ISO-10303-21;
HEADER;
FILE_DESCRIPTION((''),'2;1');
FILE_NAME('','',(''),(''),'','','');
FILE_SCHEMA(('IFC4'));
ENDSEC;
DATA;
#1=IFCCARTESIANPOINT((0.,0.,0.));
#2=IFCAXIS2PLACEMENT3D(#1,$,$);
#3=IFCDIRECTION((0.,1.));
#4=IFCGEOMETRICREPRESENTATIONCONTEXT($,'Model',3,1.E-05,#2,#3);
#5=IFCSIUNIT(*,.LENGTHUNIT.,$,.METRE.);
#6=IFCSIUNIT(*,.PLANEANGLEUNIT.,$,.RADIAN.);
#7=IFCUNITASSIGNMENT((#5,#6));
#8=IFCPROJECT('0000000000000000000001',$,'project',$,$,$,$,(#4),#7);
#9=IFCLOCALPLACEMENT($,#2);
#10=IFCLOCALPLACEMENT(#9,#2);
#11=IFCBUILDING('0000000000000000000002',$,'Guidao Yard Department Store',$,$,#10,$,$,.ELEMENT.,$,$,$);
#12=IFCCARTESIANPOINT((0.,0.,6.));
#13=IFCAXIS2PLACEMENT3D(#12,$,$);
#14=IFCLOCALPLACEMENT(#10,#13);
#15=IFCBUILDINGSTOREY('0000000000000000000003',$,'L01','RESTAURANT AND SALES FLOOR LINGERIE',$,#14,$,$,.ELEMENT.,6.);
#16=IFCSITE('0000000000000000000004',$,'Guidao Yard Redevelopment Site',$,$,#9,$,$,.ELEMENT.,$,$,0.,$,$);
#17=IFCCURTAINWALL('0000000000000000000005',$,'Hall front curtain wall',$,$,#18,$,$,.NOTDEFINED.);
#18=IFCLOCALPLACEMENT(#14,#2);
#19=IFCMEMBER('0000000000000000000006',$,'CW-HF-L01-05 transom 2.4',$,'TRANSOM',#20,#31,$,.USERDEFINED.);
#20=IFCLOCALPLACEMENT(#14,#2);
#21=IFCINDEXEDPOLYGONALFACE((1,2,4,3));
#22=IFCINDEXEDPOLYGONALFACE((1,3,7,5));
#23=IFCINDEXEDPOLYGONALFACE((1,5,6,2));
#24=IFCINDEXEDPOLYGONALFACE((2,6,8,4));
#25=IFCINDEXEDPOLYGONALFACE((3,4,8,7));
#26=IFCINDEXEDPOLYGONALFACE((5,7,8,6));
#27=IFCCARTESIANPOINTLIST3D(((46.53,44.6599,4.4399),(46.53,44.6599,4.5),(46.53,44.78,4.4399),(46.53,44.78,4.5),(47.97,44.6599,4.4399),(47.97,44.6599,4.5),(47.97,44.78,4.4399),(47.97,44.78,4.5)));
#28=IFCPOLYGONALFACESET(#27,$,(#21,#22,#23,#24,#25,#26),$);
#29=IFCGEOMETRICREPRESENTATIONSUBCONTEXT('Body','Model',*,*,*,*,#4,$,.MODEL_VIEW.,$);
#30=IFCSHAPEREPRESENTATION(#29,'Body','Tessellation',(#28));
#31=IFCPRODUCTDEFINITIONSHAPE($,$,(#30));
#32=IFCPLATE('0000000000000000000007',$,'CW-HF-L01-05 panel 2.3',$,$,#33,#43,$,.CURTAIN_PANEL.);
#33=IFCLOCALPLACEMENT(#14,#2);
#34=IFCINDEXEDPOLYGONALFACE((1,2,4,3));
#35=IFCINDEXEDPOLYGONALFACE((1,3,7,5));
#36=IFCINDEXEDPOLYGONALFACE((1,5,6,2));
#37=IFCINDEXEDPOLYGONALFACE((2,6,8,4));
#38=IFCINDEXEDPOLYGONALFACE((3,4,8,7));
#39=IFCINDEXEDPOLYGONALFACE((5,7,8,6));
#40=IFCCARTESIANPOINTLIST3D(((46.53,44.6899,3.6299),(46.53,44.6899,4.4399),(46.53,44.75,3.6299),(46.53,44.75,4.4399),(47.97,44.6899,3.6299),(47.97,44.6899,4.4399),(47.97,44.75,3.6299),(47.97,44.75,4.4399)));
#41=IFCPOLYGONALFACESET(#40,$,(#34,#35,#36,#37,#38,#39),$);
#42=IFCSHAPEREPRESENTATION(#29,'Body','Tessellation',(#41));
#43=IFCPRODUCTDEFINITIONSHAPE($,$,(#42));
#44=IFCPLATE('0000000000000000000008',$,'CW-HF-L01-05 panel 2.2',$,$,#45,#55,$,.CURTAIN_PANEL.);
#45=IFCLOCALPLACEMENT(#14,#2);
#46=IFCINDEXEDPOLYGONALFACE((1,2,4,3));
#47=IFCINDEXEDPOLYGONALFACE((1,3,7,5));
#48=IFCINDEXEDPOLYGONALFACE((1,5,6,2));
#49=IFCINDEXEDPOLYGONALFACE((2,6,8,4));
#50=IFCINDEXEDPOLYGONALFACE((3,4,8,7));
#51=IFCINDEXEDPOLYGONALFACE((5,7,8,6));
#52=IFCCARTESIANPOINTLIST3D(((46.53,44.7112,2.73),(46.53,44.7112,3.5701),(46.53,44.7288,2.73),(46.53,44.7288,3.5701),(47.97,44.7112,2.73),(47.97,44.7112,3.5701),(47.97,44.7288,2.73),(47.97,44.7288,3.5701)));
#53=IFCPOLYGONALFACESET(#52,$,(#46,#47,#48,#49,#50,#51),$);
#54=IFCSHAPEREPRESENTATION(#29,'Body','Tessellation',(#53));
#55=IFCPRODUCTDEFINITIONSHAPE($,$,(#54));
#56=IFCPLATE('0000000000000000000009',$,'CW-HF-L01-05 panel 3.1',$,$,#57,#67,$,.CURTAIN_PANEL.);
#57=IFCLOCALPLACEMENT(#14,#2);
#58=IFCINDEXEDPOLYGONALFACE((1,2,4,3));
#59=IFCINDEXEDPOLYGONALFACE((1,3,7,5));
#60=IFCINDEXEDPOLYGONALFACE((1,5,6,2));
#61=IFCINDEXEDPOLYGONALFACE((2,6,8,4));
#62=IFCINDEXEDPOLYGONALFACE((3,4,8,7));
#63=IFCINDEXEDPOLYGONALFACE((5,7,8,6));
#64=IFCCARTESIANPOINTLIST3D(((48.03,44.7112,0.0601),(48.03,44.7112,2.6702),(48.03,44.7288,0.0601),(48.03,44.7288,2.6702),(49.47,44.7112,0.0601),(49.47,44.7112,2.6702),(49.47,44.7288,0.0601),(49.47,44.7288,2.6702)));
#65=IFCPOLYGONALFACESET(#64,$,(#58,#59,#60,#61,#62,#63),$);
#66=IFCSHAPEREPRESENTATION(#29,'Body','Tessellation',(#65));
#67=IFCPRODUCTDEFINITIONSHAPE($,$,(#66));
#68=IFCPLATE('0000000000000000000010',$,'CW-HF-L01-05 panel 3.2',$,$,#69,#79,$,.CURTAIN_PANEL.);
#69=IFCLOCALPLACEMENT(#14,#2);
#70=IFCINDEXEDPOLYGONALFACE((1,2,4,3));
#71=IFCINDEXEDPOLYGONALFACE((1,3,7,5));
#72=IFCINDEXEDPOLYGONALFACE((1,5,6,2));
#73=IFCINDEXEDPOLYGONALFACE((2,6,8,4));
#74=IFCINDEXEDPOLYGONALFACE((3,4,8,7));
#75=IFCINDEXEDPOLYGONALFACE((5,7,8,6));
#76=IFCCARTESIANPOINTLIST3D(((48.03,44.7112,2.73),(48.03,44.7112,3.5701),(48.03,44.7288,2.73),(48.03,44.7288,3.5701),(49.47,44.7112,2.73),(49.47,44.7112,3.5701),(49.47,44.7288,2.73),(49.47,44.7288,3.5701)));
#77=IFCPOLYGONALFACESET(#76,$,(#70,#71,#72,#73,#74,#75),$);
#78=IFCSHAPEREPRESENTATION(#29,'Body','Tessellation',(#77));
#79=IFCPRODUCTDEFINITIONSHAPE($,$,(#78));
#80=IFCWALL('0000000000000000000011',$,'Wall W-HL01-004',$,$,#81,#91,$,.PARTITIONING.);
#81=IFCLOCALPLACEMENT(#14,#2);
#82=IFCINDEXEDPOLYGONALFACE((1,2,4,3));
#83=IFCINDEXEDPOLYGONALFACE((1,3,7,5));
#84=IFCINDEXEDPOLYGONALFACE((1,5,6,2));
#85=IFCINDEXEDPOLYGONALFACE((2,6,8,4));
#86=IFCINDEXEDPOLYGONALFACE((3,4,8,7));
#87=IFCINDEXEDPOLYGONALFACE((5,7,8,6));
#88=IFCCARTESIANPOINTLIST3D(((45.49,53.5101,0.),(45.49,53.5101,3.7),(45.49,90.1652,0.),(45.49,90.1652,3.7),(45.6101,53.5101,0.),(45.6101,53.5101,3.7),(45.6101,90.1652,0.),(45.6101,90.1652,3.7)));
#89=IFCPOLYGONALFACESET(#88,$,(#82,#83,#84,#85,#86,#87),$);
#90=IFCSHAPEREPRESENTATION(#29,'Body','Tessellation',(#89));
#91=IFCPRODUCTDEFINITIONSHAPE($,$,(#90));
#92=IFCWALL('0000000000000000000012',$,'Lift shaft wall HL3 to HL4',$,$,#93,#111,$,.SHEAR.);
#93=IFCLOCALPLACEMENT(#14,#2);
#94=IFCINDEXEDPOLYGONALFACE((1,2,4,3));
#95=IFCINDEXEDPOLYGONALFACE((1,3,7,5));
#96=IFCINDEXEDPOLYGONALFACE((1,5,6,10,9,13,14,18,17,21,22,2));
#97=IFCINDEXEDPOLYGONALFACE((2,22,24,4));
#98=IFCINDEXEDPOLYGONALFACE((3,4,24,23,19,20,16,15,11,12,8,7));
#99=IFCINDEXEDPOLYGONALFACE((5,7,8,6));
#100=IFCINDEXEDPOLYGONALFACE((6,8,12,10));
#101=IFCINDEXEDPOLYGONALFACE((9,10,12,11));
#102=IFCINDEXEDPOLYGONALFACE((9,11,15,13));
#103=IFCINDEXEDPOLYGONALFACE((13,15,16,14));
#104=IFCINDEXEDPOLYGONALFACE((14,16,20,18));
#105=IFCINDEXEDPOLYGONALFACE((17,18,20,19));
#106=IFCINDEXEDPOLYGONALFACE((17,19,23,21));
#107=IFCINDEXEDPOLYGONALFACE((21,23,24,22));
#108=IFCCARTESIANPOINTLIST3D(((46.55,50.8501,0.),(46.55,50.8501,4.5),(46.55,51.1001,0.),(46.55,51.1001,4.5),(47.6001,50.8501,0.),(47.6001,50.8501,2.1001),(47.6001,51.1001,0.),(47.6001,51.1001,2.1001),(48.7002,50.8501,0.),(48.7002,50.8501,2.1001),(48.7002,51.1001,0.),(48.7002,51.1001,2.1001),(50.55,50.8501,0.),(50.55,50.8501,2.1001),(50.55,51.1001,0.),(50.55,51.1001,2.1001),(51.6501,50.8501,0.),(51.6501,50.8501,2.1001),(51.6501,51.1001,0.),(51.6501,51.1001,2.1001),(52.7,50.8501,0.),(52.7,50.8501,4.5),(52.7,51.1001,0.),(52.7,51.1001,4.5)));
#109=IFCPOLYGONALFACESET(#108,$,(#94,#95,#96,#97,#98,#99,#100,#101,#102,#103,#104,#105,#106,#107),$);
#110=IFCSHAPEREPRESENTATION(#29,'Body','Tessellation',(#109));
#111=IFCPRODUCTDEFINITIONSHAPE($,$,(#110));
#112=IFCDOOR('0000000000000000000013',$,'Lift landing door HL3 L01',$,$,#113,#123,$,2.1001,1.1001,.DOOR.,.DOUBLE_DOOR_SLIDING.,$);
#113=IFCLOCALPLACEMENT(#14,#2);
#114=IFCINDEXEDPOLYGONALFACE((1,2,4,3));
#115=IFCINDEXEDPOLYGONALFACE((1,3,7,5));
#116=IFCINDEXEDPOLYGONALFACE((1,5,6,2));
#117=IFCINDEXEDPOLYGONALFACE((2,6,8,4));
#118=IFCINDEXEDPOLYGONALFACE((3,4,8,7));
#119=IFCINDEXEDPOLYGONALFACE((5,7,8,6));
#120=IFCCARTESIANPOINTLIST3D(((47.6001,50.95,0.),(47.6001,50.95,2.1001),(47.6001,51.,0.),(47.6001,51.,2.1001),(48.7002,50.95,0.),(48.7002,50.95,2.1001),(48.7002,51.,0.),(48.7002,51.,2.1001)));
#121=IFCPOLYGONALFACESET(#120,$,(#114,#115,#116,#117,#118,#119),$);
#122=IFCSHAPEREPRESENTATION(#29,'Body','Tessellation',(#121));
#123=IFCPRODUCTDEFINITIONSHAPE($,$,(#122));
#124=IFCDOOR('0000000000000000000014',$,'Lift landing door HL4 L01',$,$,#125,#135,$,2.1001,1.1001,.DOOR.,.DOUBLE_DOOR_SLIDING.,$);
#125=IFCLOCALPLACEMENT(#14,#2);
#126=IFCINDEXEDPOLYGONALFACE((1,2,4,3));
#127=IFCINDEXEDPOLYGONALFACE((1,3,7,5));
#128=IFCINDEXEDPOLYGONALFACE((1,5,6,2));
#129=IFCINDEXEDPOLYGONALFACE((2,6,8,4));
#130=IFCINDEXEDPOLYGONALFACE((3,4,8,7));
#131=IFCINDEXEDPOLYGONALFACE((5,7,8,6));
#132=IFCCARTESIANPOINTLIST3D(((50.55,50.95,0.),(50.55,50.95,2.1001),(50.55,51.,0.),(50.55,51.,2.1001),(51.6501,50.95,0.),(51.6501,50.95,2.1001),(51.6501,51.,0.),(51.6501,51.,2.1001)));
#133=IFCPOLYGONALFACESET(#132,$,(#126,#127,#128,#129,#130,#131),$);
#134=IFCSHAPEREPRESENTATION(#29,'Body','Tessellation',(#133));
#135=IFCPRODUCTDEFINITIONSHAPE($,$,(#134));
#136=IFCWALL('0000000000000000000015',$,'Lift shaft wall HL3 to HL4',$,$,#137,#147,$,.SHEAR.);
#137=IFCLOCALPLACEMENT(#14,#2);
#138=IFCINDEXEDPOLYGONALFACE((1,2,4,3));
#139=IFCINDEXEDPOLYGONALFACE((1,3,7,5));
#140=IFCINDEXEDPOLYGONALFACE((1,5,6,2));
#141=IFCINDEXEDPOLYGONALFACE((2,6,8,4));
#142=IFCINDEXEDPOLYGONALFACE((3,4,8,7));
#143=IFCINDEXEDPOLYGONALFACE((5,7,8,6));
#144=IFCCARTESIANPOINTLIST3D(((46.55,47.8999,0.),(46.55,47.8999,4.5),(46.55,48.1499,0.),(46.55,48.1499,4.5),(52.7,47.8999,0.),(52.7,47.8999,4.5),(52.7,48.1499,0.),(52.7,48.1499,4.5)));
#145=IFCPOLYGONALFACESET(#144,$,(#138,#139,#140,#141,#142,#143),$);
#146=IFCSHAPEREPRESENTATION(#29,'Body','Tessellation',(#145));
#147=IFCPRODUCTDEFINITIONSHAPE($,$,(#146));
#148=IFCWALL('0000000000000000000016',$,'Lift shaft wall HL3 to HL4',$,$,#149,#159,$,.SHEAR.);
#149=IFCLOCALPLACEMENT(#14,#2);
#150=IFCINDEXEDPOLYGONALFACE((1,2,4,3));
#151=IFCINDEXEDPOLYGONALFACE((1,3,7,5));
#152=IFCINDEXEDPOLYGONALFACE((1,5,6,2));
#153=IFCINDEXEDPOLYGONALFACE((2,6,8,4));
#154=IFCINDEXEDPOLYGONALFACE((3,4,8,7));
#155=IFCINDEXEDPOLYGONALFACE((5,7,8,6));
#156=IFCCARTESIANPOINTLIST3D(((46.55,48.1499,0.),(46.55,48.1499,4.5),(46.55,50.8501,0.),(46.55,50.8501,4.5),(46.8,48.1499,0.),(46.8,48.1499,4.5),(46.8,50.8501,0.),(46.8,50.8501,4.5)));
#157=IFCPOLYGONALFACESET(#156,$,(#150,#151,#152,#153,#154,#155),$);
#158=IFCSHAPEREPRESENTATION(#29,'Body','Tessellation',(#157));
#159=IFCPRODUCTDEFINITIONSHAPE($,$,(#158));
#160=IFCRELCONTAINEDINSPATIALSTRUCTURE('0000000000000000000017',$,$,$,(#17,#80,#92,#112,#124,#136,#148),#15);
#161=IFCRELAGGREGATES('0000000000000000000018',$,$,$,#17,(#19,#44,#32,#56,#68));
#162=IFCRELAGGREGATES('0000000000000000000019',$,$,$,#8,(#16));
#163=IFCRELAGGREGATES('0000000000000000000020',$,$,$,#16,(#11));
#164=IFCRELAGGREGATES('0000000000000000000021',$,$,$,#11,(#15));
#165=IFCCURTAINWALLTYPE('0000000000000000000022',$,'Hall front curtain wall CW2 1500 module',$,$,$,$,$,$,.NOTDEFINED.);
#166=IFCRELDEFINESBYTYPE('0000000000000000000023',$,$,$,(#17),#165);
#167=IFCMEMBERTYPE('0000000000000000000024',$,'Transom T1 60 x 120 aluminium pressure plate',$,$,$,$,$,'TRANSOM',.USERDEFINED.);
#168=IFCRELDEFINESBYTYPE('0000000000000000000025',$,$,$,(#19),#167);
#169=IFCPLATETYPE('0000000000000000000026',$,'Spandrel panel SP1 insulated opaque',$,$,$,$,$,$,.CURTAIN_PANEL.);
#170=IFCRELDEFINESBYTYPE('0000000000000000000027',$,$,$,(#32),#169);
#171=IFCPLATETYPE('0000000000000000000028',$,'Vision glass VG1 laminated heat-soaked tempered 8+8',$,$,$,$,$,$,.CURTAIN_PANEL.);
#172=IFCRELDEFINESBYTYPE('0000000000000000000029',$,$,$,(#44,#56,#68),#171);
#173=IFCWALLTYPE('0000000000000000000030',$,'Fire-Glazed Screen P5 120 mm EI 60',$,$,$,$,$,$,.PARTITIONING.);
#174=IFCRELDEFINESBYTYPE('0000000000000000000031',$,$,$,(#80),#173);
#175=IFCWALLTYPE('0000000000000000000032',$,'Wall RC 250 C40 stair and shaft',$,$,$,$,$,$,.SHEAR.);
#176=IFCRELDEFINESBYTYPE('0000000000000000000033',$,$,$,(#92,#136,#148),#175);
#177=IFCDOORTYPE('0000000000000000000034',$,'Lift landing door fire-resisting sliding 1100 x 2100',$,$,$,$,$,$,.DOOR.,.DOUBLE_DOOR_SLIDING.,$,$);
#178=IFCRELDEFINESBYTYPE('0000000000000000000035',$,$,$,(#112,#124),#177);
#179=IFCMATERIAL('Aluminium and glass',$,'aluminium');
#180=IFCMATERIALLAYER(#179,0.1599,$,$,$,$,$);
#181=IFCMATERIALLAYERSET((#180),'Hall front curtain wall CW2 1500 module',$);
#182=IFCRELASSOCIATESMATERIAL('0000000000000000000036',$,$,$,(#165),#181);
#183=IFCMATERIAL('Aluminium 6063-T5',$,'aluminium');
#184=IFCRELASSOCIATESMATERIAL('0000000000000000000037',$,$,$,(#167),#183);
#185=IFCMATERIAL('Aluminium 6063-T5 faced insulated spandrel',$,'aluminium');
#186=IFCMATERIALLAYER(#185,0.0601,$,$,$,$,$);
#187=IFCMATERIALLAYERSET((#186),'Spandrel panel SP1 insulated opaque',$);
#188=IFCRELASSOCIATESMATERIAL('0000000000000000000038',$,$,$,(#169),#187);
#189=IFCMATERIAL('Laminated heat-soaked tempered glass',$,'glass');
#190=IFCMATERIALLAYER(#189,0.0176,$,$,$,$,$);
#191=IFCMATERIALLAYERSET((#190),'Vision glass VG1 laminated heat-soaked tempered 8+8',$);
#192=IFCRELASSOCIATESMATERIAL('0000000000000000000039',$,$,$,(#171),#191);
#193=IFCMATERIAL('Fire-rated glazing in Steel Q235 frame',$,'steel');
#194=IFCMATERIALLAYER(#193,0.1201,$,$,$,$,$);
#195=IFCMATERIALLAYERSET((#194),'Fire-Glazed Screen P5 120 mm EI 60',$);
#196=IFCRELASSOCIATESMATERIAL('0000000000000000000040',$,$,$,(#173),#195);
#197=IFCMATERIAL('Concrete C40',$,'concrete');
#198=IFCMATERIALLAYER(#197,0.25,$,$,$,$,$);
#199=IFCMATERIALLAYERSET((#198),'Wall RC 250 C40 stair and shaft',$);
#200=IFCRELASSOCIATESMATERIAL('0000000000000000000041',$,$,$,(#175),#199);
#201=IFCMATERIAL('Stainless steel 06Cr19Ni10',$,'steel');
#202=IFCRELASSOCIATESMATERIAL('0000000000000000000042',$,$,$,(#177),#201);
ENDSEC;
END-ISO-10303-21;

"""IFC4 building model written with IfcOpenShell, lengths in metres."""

from ifc_helpers import new_model, si_unit, direction, frame, frame_2d, origin, origin_2d, place, context, subcontext, project, spatial, rectangle, extrude, material, layer, layer_set, material_profile, profile_set, type_object, element, fill, aggregate, save


model = new_model("IFC4")

# Units and contexts
model_context = context("Model", 3, precision=1e-05, world=origin(), true_north=direction((0.0, 1.0)))
body_context = subcontext(model_context, "Body", "Model", "MODEL_VIEW")
ifc_project = project(units=[si_unit("LENGTHUNIT", "METRE"), si_unit("PLANEANGLEUNIT", "RADIAN")], contexts=[model_context])

# Site, building, storey
site_placement = place(None, origin())
site = spatial("IfcSite", under=ifc_project, at=site_placement, Name="Guidao Yard Redevelopment Site", CompositionType="ELEMENT", RefElevation=0.0)
building_placement = place(site_placement, origin())
building = spatial("IfcBuilding", under=site, at=building_placement, Name="Guidao Yard Department Store", CompositionType="ELEMENT")
storey_placement = place(building_placement, frame((0.0, 0.0, 6.0)))
storey = spatial("IfcBuildingStorey", under=building, at=storey_placement, Name="L01", Description="RESTAURANT AND SALES FLOOR LINGERIE", CompositionType="ELEMENT", Elevation=6.0)

# Curtain wall
ifc_material_1 = material(Name="Aluminium and glass", Category="aluminium")
ifc_layer_1 = layer(ifc_material_1, 0.1599)
ifc_layer_set_1 = layer_set([ifc_layer_1], Name="Hall front curtain wall CW2 1500 module")
curtain_wall_type = type_object("IfcCurtainWallType", Name="Hall front curtain wall CW2 1500 module", PredefinedType="NOTDEFINED", material=ifc_layer_set_1)
curtain_wall_placement = place(storey_placement, origin())
curtain_wall = element("IfcCurtainWall", 1, at=curtain_wall_placement, inside=storey, type_object=curtain_wall_type, Name="Hall front curtain wall", PredefinedType="NOTDEFINED")

# Member
ifc_material_2 = material(Name="Aluminium 6063-T5", Category="aluminium")
ifc_material_profile_1 = material_profile(ifc_material_2, rectangle(XDim=0.1201, YDim=0.0601, at=origin_2d()), Name="Transom T1 60 x 120 aluminium pressure plate")
ifc_profile_set_1 = profile_set([ifc_material_profile_1], Name="Aluminium 6063-T5")
member_type_1 = type_object("IfcMemberType", Name="Transom T1 60 x 120 aluminium pressure plate", ElementType="TRANSOM", PredefinedType="USERDEFINED", material=ifc_profile_set_1)
member_1_placement = place(storey_placement, frame((47.97, 44.72, 4.47), z_axis=(-1.0, 0.0, 0.0), x_axis=(0.0, -1.0, 0.0)))
member_1 = element("IfcMember", 2, at=member_1_placement, type_object=member_type_1, Name="CW-HF-L01-05 transom 2.4", ObjectType="TRANSOM", PredefinedType="USERDEFINED", context=body_context, shape_type="SweptSolid", body=[
    extrude(rectangle(XDim=0.1201, YDim=0.0601, at=origin_2d()), origin(), (0.0, 0.0, 1.0), 1.4399),
])

# Plates
ifc_material_3 = material(Name="Aluminium 6063-T5 faced insulated spandrel", Category="aluminium")
ifc_layer_2 = layer(ifc_material_3, 0.0601)
ifc_layer_set_2 = layer_set([ifc_layer_2], Name="Spandrel panel SP1 insulated opaque")
plate_type_1 = type_object("IfcPlateType", Name="Spandrel panel SP1 insulated opaque", PredefinedType="CURTAIN_PANEL", material=ifc_layer_set_2)
plate_1_placement = place(storey_placement, frame((47.25, 44.72, 3.6299), z_axis=(0.0, 0.0, 1.0), x_axis=(-1.0, 0.0, 0.0)))
plate_1 = element("IfcPlate", 3, at=plate_1_placement, type_object=plate_type_1, Name="CW-HF-L01-05 panel 2.3", PredefinedType="CURTAIN_PANEL", context=body_context, shape_type="SweptSolid", body=[
    extrude(rectangle(XDim=1.4399, YDim=0.0601, at=origin_2d()), origin(), (0.0, 0.0, 1.0), 0.8101),
])
ifc_material_4 = material(Name="Laminated heat-soaked tempered glass", Category="glass")
ifc_layer_3 = layer(ifc_material_4, 0.0176)
ifc_layer_set_3 = layer_set([ifc_layer_3], Name="Vision glass VG1 laminated heat-soaked tempered 8+8")
plate_type_2 = type_object("IfcPlateType", Name="Vision glass VG1 laminated heat-soaked tempered 8+8", PredefinedType="CURTAIN_PANEL", material=ifc_layer_set_3)
plate_2_placement = place(storey_placement, frame((47.25, 44.72, 2.73), z_axis=(0.0, 0.0, 1.0), x_axis=(-1.0, 0.0, 0.0)))
plate_2 = element("IfcPlate", 4, at=plate_2_placement, type_object=plate_type_2, Name="CW-HF-L01-05 panel 2.2", PredefinedType="CURTAIN_PANEL", context=body_context, shape_type="SweptSolid", body=[
    extrude(rectangle(XDim=1.4399, YDim=0.0176, at=origin_2d()), origin(), (0.0, 0.0, 1.0), 0.8401),
])
plate_3_placement = place(storey_placement, frame((48.75, 44.72, 0.0601), z_axis=(0.0, 0.0, 1.0), x_axis=(-1.0, 0.0, 0.0)))
plate_3 = element("IfcPlate", 5, at=plate_3_placement, type_object=plate_type_2, Name="CW-HF-L01-05 panel 3.1", PredefinedType="CURTAIN_PANEL", context=body_context, shape_type="SweptSolid", body=[
    extrude(rectangle(XDim=1.4399, YDim=0.0176, at=origin_2d()), origin(), (0.0, 0.0, 1.0), 2.6101),
])
plate_4_placement = place(storey_placement, frame((48.75, 44.72, 2.73), z_axis=(0.0, 0.0, 1.0), x_axis=(-1.0, 0.0, 0.0)))
plate_4 = element("IfcPlate", 6, at=plate_4_placement, type_object=plate_type_2, Name="CW-HF-L01-05 panel 3.2", PredefinedType="CURTAIN_PANEL", context=body_context, shape_type="SweptSolid", body=[
    extrude(rectangle(XDim=1.4399, YDim=0.0176, at=origin_2d()), origin(), (0.0, 0.0, 1.0), 0.8401),
])
aggregate(curtain_wall, [member_1, plate_2, plate_1, plate_3, plate_4])

# Wall
ifc_material_5 = material(Name="Fire-rated glazing in Steel Q235 frame", Category="steel")
ifc_layer_4 = layer(ifc_material_5, 0.1201)
ifc_layer_set_4 = layer_set([ifc_layer_4], Name="Fire-Glazed Screen P5 120 mm EI 60")
wall_type_1 = type_object("IfcWallType", Name="Fire-Glazed Screen P5 120 mm EI 60", PredefinedType="PARTITIONING", material=ifc_layer_set_4)
wall_1_placement = place(storey_placement, frame((45.55, 53.51, 0.0), z_axis=(0.0, 0.0, 1.0), x_axis=(0.0, 1.0, 0.0)))
element("IfcWall", 7, at=wall_1_placement, inside=storey, type_object=wall_type_1, Name="Wall W-HL01-004", PredefinedType="PARTITIONING", context=body_context, shape_type="SweptSolid", body=[
    extrude(rectangle(XDim=36.655, YDim=0.1201, at=frame_2d((18.3276, 0.0))), origin(), (0.0, 0.0, 1.0), 3.7),
])

# Wall, openings, doors
ifc_material_6 = material(Name="Concrete C40", Category="concrete")
ifc_layer_5 = layer(ifc_material_6, 0.25)
ifc_layer_set_5 = layer_set([ifc_layer_5], Name="Wall RC 250 C40 stair and shaft")
wall_type_2 = type_object("IfcWallType", Name="Wall RC 250 C40 stair and shaft", PredefinedType="SHEAR", material=ifc_layer_set_5)
wall_2_placement = place(storey_placement, frame((46.55, 50.9751, 0.0), z_axis=(0.0, 0.0, 1.0), x_axis=(1.0, 0.0, 0.0)))
wall_2 = element("IfcWall", 8, at=wall_2_placement, inside=storey, type_object=wall_type_2, Name="Lift shaft wall HL3 to HL4", PredefinedType="SHEAR", context=body_context, shape_type="SweptSolid", body=[
    extrude(rectangle(XDim=6.1499, YDim=0.25, at=frame_2d((3.075, 0.0))), origin(), (0.0, 0.0, 1.0), 4.5),
])
opening_1_placement = place(wall_2_placement, frame((1.05, 0.0, 0.0)))
opening_1 = element("IfcOpeningElement", 9, at=opening_1_placement, cuts=wall_2, PredefinedType="OPENING", context=body_context, shape_type="SweptSolid", body=[
    extrude(rectangle(XDim=1.1001, YDim=2.1001, at=frame_2d((0.55, 1.05))), frame((0.0, 0.135, 0.0), z_axis=(0.0, -1.0, 0.0), x_axis=(1.0, 0.0, 0.0)), (0.0, 0.0, 1.0), 0.27),
])
opening_2_placement = place(wall_2_placement, frame((4.0, 0.0, 0.0)))
opening_2 = element("IfcOpeningElement", 10, at=opening_2_placement, cuts=wall_2, PredefinedType="OPENING", context=body_context, shape_type="SweptSolid", body=[
    extrude(rectangle(XDim=1.1001, YDim=2.1001, at=frame_2d((0.55, 1.05))), frame((0.0, 0.135, 0.0), z_axis=(0.0, -1.0, 0.0), x_axis=(1.0, 0.0, 0.0)), (0.0, 0.0, 1.0), 0.27),
])
ifc_material_7 = material(Name="Stainless steel 06Cr19Ni10", Category="steel")
door_type = type_object("IfcDoorType", Name="Lift landing door fire-resisting sliding 1100 x 2100", OperationType="DOUBLE_DOOR_SLIDING", PredefinedType="DOOR", material=ifc_material_7)
door_1_placement = place(opening_1_placement, origin())
door_1 = element("IfcDoor", 11, at=door_1_placement, inside=storey, type_object=door_type, Name="Lift landing door HL3 L01", OperationType="DOUBLE_DOOR_SLIDING", OverallHeight=2.1001, OverallWidth=1.1001, PredefinedType="DOOR", context=body_context, shape_type="SweptSolid", body=[
    extrude(rectangle(XDim=1.1001, YDim=2.1001, at=frame_2d((0.55, 1.05))), frame((0.0, 0.0249, 0.0), z_axis=(0.0, -1.0, 0.0), x_axis=(1.0, 0.0, 0.0)), (0.0, 0.0, 1.0), 0.05),
])
fill(opening_1, door_1)
door_2_placement = place(opening_2_placement, origin())
door_2 = element("IfcDoor", 12, at=door_2_placement, inside=storey, type_object=door_type, Name="Lift landing door HL4 L01", OperationType="DOUBLE_DOOR_SLIDING", OverallHeight=2.1001, OverallWidth=1.1001, PredefinedType="DOOR", context=body_context, shape_type="SweptSolid", body=[
    extrude(rectangle(XDim=1.1001, YDim=2.1001, at=frame_2d((0.55, 1.05))), frame((0.0, 0.0249, 0.0), z_axis=(0.0, -1.0, 0.0), x_axis=(1.0, 0.0, 0.0)), (0.0, 0.0, 1.0), 0.05),
])
fill(opening_2, door_2)

# Walls
wall_3_placement = place(storey_placement, frame((46.55, 48.0249, 0.0), z_axis=(0.0, 0.0, 1.0), x_axis=(1.0, 0.0, 0.0)))
element("IfcWall", 13, at=wall_3_placement, inside=storey, type_object=wall_type_2, Name="Lift shaft wall HL3 to HL4", PredefinedType="SHEAR", context=body_context, shape_type="SweptSolid", body=[
    extrude(rectangle(XDim=6.1499, YDim=0.25, at=frame_2d((3.075, 0.0))), origin(), (0.0, 0.0, 1.0), 4.5),
])
wall_4_placement = place(storey_placement, frame((46.675, 48.1499, 0.0), z_axis=(0.0, 0.0, 1.0), x_axis=(0.0, 1.0, 0.0)))
element("IfcWall", 14, at=wall_4_placement, inside=storey, type_object=wall_type_2, Name="Lift shaft wall HL3 to HL4", PredefinedType="SHEAR", context=body_context, shape_type="SweptSolid", body=[
    extrude(rectangle(XDim=2.7002, YDim=0.25, at=frame_2d((1.3501, 0.0))), origin(), (0.0, 0.0, 1.0), 4.5),
])

save(model, "model.ifc")
